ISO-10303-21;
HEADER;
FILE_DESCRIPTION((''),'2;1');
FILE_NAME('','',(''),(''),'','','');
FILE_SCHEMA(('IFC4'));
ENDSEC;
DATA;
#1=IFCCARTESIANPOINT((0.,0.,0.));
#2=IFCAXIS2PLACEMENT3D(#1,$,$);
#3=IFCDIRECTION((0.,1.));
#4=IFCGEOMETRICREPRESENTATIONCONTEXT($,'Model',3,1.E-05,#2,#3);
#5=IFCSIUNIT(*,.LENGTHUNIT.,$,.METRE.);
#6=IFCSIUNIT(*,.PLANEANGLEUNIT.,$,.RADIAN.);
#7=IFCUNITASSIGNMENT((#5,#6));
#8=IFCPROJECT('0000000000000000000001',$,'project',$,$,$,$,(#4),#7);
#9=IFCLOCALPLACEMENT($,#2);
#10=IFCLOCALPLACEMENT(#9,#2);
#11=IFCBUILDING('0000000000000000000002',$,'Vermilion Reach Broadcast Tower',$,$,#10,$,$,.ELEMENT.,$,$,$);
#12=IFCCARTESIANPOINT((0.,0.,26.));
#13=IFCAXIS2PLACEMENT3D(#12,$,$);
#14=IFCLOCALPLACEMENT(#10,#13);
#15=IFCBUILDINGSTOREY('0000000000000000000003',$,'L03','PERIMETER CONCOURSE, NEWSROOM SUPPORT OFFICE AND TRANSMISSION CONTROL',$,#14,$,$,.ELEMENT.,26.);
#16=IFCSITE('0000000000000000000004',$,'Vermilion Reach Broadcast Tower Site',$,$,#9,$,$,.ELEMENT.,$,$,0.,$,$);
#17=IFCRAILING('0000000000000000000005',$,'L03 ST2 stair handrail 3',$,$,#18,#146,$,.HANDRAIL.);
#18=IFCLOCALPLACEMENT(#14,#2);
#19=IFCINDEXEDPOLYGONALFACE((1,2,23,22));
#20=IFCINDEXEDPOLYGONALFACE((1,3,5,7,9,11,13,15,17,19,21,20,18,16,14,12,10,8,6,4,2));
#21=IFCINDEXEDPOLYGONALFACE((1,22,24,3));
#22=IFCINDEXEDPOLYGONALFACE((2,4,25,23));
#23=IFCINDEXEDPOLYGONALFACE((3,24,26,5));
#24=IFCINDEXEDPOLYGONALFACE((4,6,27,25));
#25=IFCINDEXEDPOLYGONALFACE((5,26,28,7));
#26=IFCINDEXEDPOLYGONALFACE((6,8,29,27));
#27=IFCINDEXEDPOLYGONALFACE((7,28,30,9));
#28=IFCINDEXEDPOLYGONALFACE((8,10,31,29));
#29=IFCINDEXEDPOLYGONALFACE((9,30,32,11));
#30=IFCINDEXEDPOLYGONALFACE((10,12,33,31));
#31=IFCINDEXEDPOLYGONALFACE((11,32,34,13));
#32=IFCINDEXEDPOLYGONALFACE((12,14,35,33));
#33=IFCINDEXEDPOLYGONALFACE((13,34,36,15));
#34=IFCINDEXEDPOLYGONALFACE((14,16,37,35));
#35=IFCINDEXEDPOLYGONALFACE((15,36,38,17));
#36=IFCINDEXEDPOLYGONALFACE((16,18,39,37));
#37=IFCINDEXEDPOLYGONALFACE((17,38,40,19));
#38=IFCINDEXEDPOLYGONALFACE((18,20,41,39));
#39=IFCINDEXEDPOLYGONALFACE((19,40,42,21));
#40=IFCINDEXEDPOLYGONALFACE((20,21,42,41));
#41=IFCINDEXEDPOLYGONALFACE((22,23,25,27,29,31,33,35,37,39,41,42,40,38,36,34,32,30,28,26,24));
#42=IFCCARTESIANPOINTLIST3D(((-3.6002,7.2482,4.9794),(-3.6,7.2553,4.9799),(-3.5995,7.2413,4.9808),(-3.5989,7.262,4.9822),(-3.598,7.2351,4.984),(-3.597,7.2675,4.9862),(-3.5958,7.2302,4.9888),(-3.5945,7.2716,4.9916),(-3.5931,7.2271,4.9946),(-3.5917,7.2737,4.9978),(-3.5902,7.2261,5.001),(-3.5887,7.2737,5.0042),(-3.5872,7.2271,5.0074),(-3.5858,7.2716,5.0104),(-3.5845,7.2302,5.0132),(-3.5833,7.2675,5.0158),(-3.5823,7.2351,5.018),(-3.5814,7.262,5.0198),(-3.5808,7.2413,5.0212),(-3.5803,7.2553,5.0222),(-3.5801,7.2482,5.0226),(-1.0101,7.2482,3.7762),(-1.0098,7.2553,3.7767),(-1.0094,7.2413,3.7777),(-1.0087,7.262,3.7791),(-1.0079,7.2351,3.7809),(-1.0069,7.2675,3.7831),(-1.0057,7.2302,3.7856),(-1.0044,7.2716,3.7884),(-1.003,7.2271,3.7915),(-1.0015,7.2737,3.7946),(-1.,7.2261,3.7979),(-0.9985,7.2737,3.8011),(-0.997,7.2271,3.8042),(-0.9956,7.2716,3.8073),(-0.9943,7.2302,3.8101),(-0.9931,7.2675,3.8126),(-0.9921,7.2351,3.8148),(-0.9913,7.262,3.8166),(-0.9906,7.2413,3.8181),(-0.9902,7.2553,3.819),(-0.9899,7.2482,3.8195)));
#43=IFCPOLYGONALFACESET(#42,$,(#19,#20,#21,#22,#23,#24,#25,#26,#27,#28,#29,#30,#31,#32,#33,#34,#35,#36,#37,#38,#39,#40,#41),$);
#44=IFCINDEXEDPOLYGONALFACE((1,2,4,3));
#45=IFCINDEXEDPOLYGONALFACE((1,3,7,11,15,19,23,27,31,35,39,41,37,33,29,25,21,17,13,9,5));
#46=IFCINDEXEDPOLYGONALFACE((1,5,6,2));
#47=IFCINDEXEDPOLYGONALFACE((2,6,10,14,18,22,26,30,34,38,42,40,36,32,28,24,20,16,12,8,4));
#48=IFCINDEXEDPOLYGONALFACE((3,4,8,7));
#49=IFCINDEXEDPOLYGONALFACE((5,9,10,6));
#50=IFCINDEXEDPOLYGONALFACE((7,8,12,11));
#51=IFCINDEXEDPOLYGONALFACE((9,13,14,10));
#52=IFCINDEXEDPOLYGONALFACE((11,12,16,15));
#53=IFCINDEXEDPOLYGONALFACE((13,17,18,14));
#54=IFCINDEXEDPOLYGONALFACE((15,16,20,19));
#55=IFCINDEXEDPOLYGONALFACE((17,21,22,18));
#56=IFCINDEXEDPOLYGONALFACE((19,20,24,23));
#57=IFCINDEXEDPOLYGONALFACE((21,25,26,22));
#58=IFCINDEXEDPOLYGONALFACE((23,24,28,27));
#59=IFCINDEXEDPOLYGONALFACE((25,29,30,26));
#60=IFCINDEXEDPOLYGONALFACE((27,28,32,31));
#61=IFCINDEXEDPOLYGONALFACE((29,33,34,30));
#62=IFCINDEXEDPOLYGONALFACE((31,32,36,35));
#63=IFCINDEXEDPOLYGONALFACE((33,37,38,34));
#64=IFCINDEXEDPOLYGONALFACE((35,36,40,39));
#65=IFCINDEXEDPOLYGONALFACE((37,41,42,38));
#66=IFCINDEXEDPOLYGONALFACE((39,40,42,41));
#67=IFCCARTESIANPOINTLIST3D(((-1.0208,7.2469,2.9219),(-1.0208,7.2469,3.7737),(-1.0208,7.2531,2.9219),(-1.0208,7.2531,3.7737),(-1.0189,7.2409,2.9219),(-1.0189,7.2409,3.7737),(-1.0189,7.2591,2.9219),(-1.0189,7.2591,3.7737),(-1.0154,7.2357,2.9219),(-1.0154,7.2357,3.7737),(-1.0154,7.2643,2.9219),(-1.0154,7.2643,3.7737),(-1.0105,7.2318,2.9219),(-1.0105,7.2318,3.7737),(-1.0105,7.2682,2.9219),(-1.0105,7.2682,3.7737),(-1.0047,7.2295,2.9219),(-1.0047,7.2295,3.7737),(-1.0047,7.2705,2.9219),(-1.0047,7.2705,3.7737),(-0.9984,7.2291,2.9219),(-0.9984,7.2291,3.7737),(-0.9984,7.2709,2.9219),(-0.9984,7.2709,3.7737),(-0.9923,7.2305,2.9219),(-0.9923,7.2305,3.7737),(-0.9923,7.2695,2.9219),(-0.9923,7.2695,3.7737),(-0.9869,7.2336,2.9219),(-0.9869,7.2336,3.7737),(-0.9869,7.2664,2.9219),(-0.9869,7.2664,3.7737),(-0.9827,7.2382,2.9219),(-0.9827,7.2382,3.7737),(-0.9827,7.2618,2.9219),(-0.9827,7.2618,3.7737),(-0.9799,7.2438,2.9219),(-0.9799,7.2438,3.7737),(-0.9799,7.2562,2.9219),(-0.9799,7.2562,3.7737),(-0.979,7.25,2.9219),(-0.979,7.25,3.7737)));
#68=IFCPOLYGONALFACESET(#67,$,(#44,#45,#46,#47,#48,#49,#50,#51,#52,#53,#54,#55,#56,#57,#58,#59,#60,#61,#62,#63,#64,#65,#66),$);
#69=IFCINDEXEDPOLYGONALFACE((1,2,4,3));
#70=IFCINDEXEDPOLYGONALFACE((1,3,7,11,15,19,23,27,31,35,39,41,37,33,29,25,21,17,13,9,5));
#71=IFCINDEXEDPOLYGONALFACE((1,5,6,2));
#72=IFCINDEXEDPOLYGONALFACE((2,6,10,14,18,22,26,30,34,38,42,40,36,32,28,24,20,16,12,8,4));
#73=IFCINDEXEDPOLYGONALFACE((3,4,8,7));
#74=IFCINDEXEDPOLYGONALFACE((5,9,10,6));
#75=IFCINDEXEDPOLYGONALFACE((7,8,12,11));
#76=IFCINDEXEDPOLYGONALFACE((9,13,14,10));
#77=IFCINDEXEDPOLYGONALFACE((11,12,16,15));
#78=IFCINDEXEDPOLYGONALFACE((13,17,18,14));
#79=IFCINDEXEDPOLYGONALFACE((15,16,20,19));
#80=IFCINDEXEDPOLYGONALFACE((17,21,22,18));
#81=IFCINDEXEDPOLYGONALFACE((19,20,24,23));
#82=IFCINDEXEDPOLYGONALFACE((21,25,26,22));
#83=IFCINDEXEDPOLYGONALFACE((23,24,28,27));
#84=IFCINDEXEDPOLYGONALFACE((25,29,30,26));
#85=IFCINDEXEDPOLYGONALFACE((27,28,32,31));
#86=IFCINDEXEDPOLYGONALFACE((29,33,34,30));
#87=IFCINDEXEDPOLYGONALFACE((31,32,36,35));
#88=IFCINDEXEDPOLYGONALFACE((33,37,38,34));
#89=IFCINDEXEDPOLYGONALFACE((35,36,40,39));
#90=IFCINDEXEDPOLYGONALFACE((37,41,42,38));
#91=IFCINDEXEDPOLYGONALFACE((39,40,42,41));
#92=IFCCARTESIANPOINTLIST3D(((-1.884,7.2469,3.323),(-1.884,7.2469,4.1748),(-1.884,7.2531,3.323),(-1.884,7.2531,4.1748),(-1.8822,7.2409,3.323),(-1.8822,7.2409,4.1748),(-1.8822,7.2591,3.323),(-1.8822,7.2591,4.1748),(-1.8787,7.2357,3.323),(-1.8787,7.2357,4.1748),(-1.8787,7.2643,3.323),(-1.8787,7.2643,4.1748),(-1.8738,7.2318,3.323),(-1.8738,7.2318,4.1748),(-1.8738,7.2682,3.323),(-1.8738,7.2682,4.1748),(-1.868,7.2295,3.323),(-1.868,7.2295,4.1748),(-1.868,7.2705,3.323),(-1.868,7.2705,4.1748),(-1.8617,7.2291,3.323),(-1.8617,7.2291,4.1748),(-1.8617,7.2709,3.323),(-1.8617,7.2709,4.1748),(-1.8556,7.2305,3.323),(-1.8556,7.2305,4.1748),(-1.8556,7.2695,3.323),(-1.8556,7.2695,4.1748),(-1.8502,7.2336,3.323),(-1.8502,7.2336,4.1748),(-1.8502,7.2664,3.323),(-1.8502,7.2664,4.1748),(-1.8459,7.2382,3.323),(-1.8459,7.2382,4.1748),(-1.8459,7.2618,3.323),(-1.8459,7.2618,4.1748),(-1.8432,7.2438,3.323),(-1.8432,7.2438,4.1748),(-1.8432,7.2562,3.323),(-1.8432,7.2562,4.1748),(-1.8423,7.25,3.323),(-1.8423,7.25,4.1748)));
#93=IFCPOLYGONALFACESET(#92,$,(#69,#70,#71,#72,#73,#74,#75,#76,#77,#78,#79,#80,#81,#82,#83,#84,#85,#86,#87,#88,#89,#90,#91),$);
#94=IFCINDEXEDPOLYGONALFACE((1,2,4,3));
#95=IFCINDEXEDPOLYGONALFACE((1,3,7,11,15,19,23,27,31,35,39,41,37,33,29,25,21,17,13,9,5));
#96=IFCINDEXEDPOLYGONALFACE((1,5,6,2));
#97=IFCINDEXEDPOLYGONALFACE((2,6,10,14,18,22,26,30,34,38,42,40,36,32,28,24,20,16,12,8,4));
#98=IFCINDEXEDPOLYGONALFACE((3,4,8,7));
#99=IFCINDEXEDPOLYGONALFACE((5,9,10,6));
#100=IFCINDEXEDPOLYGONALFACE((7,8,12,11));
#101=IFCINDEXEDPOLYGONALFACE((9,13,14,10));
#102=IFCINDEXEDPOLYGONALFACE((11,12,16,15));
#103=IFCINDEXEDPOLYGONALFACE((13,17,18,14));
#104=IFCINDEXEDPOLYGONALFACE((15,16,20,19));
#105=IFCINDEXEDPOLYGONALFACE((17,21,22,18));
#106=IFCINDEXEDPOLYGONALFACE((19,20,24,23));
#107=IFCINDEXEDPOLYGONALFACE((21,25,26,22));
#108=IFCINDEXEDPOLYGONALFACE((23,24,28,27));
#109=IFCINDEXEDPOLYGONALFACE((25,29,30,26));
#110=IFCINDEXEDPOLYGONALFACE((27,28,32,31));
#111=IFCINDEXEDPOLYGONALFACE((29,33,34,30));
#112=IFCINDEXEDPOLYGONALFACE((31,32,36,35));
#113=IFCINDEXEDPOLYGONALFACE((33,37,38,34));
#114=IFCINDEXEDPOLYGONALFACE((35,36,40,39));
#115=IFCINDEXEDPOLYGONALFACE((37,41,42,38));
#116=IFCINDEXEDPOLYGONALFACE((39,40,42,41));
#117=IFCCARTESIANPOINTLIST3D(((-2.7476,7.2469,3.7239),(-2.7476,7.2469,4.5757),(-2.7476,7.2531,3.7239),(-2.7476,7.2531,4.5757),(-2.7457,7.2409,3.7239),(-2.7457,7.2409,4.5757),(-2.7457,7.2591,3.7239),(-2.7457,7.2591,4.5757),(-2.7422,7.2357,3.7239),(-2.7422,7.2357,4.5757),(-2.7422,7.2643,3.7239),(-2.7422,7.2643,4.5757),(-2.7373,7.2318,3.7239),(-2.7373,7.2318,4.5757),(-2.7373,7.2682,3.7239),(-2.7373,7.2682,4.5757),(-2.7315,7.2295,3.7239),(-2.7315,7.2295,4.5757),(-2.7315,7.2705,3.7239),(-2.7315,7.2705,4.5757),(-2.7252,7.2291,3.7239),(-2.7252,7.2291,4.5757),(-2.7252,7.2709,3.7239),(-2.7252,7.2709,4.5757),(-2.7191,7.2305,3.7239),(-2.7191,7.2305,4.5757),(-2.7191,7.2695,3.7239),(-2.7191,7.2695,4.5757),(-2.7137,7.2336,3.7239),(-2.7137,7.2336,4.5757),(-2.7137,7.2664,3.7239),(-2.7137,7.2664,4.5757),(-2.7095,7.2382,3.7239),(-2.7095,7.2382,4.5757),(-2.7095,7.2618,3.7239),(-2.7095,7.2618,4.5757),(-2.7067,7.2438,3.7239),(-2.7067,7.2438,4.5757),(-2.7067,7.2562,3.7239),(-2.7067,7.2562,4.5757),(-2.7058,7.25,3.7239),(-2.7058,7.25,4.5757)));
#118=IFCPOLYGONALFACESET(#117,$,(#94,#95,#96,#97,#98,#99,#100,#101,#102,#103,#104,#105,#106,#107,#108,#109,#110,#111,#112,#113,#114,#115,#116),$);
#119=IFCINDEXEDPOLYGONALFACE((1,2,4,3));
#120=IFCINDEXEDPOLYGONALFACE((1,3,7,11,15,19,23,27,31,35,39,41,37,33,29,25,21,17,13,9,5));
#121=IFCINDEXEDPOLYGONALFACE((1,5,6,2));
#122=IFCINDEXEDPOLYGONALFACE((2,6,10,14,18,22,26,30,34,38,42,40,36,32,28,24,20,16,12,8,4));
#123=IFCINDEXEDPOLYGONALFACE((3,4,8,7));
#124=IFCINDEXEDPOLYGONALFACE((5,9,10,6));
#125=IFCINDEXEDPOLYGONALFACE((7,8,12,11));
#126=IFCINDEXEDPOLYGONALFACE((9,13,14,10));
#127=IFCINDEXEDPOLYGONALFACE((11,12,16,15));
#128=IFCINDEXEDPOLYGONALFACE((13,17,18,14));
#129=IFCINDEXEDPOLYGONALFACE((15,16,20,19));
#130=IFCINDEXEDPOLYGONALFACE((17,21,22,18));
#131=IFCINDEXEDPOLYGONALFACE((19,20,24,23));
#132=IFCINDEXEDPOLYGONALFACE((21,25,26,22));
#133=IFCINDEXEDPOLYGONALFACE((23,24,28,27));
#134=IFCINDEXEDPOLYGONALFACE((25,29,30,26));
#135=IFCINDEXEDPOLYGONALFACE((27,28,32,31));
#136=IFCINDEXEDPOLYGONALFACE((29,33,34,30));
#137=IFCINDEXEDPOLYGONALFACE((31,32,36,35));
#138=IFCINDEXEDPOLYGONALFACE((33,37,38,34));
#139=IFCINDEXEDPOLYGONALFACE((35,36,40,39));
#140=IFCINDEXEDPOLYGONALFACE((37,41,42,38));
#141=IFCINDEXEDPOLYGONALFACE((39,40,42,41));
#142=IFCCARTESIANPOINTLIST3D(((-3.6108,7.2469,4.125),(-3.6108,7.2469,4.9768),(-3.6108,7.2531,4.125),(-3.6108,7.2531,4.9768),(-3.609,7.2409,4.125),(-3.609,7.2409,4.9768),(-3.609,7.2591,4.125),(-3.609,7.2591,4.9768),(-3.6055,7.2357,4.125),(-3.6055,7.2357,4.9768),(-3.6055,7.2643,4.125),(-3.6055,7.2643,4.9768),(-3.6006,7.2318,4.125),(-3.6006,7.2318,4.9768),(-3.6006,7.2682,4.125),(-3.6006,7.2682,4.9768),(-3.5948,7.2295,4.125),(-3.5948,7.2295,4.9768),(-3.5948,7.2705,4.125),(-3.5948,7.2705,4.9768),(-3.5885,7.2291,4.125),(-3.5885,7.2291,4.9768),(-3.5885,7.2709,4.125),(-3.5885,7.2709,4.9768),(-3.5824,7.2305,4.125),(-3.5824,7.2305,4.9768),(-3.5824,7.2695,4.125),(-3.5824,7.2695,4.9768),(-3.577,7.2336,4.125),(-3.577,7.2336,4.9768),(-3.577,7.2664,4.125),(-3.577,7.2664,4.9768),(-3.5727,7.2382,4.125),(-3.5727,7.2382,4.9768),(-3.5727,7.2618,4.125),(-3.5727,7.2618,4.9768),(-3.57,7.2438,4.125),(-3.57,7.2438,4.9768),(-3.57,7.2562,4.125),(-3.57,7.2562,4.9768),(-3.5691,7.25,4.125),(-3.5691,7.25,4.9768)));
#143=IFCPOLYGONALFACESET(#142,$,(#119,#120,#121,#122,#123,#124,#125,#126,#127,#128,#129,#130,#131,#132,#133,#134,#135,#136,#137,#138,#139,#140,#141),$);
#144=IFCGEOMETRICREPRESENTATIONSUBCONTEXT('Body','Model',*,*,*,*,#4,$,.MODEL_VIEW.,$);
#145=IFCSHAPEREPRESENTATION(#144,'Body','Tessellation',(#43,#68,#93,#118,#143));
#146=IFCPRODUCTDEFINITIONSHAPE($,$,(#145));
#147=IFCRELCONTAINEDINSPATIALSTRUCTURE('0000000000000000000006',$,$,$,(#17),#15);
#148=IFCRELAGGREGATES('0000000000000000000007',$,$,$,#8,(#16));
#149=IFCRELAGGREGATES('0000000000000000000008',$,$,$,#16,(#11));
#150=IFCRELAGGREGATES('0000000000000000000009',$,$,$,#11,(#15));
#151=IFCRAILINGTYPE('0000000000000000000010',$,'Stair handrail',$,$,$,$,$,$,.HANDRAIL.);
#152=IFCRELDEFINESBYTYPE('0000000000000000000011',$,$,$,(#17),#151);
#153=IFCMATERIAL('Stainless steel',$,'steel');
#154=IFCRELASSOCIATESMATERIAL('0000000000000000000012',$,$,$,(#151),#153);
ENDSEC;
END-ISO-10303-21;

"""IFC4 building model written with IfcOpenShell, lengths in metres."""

from ifc_helpers import new_model, si_unit, direction, frame, origin, origin_2d, place, context, subcontext, project, spatial, circle, extrude, material, type_object, element, save


model = new_model("IFC4")

# Units and contexts
model_context = context("Model", 3, precision=1e-05, world=origin(), true_north=direction((0.0, 1.0)))
body_context = subcontext(model_context, "Body", "Model", "MODEL_VIEW")
ifc_project = project(units=[si_unit("LENGTHUNIT", "METRE"), si_unit("PLANEANGLEUNIT", "RADIAN")], contexts=[model_context])

# Site, building, storey
site_placement = place(None, origin())
site = spatial("IfcSite", under=ifc_project, at=site_placement, Name="Vermilion Reach Broadcast Tower Site", CompositionType="ELEMENT", RefElevation=0.0)
building_placement = place(site_placement, origin())
building = spatial("IfcBuilding", under=site, at=building_placement, Name="Vermilion Reach Broadcast Tower", CompositionType="ELEMENT")
storey_placement = place(building_placement, frame((0.0, 0.0, 26.0)))
storey = spatial("IfcBuildingStorey", under=building, at=storey_placement, Name="L03", Description="PERIMETER CONCOURSE, NEWSROOM SUPPORT OFFICE AND TRANSMISSION CONTROL", CompositionType="ELEMENT", Elevation=26.0)

# Railing
ifc_material_1 = material(Name="Stainless steel", Category="steel")
railing_type_1 = type_object("IfcRailingType", Name="Stair handrail", PredefinedType="HANDRAIL", material=ifc_material_1)
railing_1_placement = place(storey_placement, frame((-1.0, 7.25, 2.9219)))
element("IfcRailing", 1, at=railing_1_placement, inside=storey, type_object=railing_type_1, Name="L03 ST2 stair handrail 3", PredefinedType="HANDRAIL", context=body_context, shape_type="SweptSolid", body=[
    extrude(circle(Radius=0.0239, at=origin_2d()), frame((0.0, 0.0, 0.876), z_axis=(-0.906931, 0.0, 0.42128), x_axis=(0.0, -1.0, 0.0)), (0.0, 0.0, 1.0), 2.856),
    extrude(circle(Radius=0.021, at=origin_2d()), origin(), (0.0, 0.0, 1.0), 0.8518),
    extrude(circle(Radius=0.021, at=origin_2d()), frame((-0.8633, 0.0, 0.4011)), (0.0, 0.0, 1.0), 0.8518),
    extrude(circle(Radius=0.021, at=origin_2d()), frame((-1.7268, 0.0, 0.802)), (0.0, 0.0, 1.0), 0.8518),
    extrude(circle(Radius=0.021, at=origin_2d()), frame((-2.5901, 0.0, 1.2031)), (0.0, 0.0, 1.0), 0.8518),
])

save(model, "model.ifc")
